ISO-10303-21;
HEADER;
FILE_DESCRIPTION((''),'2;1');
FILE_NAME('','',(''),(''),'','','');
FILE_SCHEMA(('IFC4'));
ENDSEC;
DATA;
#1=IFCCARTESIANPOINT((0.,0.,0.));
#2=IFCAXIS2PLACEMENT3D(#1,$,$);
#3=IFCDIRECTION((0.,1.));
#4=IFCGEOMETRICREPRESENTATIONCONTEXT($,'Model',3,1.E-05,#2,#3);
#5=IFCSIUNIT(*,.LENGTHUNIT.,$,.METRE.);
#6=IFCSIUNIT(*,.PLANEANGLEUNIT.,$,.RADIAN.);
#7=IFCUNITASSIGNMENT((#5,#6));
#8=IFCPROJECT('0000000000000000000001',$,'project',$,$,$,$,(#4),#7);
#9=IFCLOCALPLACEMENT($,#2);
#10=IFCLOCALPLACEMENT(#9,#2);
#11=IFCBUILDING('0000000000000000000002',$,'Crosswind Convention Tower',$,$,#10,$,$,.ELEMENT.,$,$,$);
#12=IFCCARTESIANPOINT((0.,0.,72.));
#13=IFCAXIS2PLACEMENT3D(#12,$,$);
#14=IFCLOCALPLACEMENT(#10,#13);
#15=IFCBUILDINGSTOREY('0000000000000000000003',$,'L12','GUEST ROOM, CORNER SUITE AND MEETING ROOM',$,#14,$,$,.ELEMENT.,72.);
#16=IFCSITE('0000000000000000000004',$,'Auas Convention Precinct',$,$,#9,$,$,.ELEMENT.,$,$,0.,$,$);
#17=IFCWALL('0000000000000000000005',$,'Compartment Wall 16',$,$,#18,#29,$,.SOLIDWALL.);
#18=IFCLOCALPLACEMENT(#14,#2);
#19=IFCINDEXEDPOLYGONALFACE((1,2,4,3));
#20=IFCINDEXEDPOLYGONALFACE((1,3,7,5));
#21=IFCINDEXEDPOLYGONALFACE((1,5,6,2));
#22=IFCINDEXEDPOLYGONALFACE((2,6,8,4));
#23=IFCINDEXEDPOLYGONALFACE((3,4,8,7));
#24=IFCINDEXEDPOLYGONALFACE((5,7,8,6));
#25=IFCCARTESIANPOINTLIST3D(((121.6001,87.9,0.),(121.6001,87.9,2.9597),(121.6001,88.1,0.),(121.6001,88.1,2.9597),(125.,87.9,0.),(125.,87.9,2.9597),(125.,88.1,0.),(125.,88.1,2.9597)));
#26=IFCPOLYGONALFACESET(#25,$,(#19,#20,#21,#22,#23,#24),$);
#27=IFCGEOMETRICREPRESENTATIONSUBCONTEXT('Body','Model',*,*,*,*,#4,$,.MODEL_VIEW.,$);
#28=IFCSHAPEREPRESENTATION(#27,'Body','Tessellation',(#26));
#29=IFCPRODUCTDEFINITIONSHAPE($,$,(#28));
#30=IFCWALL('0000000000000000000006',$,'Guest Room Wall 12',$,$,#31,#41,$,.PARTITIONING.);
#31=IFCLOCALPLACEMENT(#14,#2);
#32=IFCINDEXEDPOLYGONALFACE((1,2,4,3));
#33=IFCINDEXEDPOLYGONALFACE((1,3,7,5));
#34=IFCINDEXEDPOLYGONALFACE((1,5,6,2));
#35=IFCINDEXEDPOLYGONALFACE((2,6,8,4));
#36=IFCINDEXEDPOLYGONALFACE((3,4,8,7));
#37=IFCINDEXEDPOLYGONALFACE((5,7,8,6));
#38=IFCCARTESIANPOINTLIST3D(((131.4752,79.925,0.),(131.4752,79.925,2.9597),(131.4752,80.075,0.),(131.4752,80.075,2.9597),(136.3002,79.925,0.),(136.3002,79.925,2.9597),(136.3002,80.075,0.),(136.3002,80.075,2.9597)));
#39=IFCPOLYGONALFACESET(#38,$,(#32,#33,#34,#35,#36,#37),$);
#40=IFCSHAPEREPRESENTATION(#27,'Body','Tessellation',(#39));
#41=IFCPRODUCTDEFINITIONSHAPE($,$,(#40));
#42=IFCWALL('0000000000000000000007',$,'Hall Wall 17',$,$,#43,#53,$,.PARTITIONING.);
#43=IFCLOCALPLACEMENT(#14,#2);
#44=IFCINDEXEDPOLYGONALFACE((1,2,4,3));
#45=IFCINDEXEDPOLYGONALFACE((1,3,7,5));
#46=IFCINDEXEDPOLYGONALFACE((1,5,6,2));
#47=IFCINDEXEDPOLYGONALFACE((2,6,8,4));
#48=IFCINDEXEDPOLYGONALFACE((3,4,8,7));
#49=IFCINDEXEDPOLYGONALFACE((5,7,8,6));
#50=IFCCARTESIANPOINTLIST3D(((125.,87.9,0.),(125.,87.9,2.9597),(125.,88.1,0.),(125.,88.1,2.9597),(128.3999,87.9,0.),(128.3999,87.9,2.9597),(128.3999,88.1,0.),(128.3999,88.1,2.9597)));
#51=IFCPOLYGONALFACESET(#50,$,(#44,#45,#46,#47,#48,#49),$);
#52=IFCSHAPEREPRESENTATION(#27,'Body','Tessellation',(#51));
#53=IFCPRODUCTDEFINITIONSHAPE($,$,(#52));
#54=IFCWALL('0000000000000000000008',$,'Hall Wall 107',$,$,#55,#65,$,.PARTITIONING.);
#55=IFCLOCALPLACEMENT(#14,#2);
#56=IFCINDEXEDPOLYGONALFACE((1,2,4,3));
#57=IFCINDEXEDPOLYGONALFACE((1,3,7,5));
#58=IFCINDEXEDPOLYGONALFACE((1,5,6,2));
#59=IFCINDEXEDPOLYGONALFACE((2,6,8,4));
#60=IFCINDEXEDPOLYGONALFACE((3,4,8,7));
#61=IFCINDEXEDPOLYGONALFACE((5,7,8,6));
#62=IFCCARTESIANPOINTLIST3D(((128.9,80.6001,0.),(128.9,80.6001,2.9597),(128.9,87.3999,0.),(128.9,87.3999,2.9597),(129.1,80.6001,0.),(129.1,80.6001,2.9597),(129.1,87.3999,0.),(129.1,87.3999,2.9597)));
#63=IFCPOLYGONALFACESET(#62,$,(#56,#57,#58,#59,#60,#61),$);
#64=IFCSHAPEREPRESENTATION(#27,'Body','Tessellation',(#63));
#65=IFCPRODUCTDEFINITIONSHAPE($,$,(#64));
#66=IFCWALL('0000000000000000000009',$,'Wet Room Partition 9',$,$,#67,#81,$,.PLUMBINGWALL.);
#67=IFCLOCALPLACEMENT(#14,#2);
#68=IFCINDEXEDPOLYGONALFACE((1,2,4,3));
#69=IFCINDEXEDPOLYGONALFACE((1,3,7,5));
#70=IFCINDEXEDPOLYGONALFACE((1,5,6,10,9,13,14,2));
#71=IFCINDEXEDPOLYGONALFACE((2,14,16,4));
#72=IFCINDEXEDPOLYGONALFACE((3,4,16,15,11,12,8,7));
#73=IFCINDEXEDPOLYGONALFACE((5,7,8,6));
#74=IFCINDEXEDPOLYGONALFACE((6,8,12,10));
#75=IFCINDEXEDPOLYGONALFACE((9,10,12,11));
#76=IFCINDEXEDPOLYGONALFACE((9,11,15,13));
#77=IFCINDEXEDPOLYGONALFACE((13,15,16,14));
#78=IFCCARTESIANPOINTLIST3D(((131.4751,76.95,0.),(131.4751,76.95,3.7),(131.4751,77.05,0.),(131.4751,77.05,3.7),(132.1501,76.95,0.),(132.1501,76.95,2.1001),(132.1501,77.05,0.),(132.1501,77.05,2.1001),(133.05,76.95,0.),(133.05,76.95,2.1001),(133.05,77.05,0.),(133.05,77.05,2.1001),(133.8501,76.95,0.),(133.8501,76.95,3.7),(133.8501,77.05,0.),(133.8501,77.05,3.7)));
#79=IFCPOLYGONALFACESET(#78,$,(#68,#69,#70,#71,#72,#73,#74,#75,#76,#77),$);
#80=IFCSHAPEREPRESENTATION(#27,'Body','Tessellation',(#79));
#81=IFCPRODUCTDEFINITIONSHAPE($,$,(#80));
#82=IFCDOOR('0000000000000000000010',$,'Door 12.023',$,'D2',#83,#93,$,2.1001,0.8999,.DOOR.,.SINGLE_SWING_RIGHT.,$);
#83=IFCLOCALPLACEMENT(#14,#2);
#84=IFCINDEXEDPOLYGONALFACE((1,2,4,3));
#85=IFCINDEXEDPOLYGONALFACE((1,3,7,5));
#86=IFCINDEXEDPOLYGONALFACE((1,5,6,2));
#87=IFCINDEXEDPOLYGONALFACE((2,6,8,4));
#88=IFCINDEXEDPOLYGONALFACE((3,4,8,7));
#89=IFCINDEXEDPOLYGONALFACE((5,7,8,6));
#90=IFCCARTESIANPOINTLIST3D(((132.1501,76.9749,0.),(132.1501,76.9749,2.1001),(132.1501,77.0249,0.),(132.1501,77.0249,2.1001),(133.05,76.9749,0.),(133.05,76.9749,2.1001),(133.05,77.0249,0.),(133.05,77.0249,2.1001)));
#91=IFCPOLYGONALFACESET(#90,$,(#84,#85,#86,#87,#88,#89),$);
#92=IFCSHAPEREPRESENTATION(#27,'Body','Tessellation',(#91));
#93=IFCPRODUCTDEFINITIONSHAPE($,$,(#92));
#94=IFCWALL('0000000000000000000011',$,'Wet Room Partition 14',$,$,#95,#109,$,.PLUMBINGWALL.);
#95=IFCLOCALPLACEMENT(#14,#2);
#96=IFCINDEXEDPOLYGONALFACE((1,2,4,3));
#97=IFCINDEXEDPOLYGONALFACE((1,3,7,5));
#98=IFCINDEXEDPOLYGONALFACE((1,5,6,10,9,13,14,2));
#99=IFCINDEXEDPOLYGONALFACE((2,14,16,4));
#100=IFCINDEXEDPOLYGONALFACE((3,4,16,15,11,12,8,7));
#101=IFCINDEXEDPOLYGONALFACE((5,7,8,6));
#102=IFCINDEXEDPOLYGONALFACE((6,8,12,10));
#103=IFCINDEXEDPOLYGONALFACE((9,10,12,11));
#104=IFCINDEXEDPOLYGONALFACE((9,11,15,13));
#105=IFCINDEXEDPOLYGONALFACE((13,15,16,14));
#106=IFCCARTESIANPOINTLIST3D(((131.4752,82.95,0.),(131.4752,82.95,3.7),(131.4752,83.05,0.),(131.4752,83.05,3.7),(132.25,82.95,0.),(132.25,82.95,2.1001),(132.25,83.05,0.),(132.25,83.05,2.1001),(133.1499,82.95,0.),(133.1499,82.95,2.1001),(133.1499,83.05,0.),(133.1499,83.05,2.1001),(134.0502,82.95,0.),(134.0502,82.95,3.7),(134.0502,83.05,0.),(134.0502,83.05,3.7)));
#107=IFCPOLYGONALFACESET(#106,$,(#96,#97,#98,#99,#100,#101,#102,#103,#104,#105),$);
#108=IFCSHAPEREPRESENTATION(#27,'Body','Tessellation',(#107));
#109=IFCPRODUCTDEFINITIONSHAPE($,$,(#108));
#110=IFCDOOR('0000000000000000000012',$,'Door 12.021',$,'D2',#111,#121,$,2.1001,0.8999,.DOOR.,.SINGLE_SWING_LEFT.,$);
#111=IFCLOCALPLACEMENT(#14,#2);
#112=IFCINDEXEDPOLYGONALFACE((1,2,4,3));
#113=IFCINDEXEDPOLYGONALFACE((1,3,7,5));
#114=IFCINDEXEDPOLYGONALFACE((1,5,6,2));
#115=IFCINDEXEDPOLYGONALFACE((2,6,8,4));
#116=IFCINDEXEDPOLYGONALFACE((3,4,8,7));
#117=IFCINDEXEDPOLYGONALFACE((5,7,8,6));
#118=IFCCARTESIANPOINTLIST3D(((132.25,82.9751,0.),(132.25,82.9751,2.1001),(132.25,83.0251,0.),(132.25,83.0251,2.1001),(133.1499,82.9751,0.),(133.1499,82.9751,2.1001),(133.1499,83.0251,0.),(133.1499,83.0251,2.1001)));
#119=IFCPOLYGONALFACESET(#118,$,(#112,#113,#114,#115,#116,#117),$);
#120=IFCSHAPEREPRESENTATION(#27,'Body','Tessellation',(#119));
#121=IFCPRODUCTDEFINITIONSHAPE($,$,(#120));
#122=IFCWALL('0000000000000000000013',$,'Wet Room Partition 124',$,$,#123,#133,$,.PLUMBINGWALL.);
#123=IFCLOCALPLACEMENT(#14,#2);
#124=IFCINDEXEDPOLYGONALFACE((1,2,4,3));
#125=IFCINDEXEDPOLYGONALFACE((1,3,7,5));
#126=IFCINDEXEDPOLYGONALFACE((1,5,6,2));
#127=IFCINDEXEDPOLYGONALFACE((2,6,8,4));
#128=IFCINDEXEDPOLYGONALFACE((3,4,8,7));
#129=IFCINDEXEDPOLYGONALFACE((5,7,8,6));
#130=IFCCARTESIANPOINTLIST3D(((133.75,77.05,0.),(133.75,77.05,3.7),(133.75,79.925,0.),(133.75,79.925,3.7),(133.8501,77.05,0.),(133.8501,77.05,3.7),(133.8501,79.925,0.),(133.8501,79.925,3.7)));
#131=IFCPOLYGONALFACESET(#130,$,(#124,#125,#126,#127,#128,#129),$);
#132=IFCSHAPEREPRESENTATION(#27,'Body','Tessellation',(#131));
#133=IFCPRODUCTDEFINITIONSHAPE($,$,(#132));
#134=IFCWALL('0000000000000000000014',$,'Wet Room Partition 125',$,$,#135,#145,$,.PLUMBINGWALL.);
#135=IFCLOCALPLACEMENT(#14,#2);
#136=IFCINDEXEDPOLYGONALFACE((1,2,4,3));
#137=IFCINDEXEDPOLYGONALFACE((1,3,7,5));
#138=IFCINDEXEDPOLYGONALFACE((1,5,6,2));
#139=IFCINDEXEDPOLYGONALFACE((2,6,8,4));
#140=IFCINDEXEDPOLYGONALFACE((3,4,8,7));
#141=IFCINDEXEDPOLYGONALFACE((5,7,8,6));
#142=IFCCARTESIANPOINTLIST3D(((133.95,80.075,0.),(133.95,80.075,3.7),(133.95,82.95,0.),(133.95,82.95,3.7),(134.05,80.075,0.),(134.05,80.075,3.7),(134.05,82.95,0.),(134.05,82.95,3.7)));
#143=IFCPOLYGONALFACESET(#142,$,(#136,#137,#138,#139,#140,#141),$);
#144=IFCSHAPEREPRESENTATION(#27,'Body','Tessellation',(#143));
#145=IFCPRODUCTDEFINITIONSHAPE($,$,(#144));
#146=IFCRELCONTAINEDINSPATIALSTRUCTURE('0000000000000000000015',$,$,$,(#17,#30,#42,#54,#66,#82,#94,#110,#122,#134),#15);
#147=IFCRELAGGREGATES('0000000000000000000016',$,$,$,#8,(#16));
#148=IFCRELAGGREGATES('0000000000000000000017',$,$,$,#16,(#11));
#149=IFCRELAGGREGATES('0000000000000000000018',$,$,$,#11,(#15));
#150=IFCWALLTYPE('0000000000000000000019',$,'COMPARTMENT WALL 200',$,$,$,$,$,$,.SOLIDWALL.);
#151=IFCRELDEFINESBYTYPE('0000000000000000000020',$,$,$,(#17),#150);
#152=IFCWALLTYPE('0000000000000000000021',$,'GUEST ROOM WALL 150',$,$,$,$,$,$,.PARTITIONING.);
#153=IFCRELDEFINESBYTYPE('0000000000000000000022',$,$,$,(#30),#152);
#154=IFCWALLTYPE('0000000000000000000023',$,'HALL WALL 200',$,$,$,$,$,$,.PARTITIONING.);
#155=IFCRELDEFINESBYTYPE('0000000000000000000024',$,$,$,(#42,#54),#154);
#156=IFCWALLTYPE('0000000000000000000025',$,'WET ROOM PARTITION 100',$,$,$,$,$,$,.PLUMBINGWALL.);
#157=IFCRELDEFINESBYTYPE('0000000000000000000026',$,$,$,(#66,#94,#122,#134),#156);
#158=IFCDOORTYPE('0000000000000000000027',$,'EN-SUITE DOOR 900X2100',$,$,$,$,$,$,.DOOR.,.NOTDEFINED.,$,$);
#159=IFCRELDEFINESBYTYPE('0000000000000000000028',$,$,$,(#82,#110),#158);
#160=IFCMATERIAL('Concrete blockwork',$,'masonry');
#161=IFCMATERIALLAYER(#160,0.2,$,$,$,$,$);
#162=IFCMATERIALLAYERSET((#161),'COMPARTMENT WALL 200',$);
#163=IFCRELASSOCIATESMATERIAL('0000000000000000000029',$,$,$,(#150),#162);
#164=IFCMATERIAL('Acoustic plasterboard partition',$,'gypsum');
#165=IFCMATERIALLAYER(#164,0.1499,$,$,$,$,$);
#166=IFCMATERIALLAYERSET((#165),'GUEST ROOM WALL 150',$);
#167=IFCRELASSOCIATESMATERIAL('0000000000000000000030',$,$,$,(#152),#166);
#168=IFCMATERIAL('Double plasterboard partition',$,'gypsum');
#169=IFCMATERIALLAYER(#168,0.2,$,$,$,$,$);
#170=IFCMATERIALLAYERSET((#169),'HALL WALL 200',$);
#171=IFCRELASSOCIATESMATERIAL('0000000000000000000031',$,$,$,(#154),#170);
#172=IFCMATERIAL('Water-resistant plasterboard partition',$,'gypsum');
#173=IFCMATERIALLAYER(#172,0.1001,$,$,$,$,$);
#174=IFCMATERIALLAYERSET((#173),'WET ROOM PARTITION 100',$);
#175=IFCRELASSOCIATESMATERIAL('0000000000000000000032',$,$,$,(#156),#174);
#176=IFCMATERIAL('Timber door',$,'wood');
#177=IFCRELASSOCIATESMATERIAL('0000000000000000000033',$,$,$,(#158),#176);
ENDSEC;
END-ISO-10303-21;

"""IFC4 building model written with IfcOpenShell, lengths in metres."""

from ifc_helpers import new_model, si_unit, direction, frame, frame_2d, origin, place, context, subcontext, project, spatial, rectangle, extrude, material, layer, layer_set, type_object, element, fill, save


model = new_model("IFC4")

# Units and contexts
model_context = context("Model", 3, precision=1e-05, world=origin(), true_north=direction((0.0, 1.0)))
body_context = subcontext(model_context, "Body", "Model", "MODEL_VIEW")
ifc_project = project(units=[si_unit("LENGTHUNIT", "METRE"), si_unit("PLANEANGLEUNIT", "RADIAN")], contexts=[model_context])

# Site, building, storey
site_placement = place(None, origin())
site = spatial("IfcSite", under=ifc_project, at=site_placement, Name="Auas Convention Precinct", CompositionType="ELEMENT", RefElevation=0.0)
building_placement = place(site_placement, origin())
building = spatial("IfcBuilding", under=site, at=building_placement, Name="Crosswind Convention Tower", CompositionType="ELEMENT")
storey_placement = place(building_placement, frame((0.0, 0.0, 72.0)))
storey = spatial("IfcBuildingStorey", under=building, at=storey_placement, Name="L12", Description="GUEST ROOM, CORNER SUITE AND MEETING ROOM", CompositionType="ELEMENT", Elevation=72.0)

# Walls
ifc_material_1 = material(Name="Concrete blockwork", Category="masonry")
ifc_layer_1 = layer(ifc_material_1, 0.2)
ifc_layer_set_1 = layer_set([ifc_layer_1], Name="COMPARTMENT WALL 200")
wall_type_1 = type_object("IfcWallType", Name="COMPARTMENT WALL 200", PredefinedType="SOLIDWALL", material=ifc_layer_set_1)
wall_1_placement = place(storey_placement, frame((121.6001, 88.0, 0.0), z_axis=(0.0, 0.0, 1.0), x_axis=(1.0, 0.0, 0.0)))
element("IfcWall", 1, at=wall_1_placement, inside=storey, type_object=wall_type_1, Name="Compartment Wall 16", PredefinedType="SOLIDWALL", context=body_context, shape_type="SweptSolid", body=[
    extrude(rectangle(XDim=3.3999, YDim=0.2, at=frame_2d((1.7, 0.0))), origin(), (0.0, 0.0, 1.0), 2.9597),
])
ifc_material_2 = material(Name="Acoustic plasterboard partition", Category="gypsum")
ifc_layer_2 = layer(ifc_material_2, 0.1499)
ifc_layer_set_2 = layer_set([ifc_layer_2], Name="GUEST ROOM WALL 150")
wall_type_2 = type_object("IfcWallType", Name="GUEST ROOM WALL 150", PredefinedType="PARTITIONING", material=ifc_layer_set_2)
wall_2_placement = place(storey_placement, frame((131.4751, 80.0, 0.0), z_axis=(0.0, 0.0, 1.0), x_axis=(1.0, 0.0, 0.0)))
element("IfcWall", 2, at=wall_2_placement, inside=storey, type_object=wall_type_2, Name="Guest Room Wall 12", PredefinedType="PARTITIONING", context=body_context, shape_type="SweptSolid", body=[
    extrude(rectangle(XDim=4.825, YDim=0.1499, at=frame_2d((2.4126, 0.0))), origin(), (0.0, 0.0, 1.0), 2.9597),
])
ifc_material_3 = material(Name="Double plasterboard partition", Category="gypsum")
ifc_layer_3 = layer(ifc_material_3, 0.2)
ifc_layer_set_3 = layer_set([ifc_layer_3], Name="HALL WALL 200")
wall_type_3 = type_object("IfcWallType", Name="HALL WALL 200", PredefinedType="PARTITIONING", material=ifc_layer_set_3)
wall_3_placement = place(storey_placement, frame((125.0, 88.0, 0.0), z_axis=(0.0, 0.0, 1.0), x_axis=(1.0, 0.0, 0.0)))
element("IfcWall", 3, at=wall_3_placement, inside=storey, type_object=wall_type_3, Name="Hall Wall 17", PredefinedType="PARTITIONING", context=body_context, shape_type="SweptSolid", body=[
    extrude(rectangle(XDim=3.3999, YDim=0.2, at=frame_2d((1.7, 0.0))), origin(), (0.0, 0.0, 1.0), 2.9597),
])
wall_4_placement = place(storey_placement, frame((129.0, 80.6001, 0.0), z_axis=(0.0, 0.0, 1.0), x_axis=(0.0, 1.0, 0.0)))
element("IfcWall", 4, at=wall_4_placement, inside=storey, type_object=wall_type_3, Name="Hall Wall 107", PredefinedType="PARTITIONING", context=body_context, shape_type="SweptSolid", body=[
    extrude(rectangle(XDim=6.7998, YDim=0.2, at=frame_2d((3.3999, 0.0))), origin(), (0.0, 0.0, 1.0), 2.9597),
])

# Walls, openings, doors
ifc_material_4 = material(Name="Water-resistant plasterboard partition", Category="gypsum")
ifc_layer_4 = layer(ifc_material_4, 0.1001)
ifc_layer_set_4 = layer_set([ifc_layer_4], Name="WET ROOM PARTITION 100")
wall_type_4 = type_object("IfcWallType", Name="WET ROOM PARTITION 100", PredefinedType="PLUMBINGWALL", material=ifc_layer_set_4)
wall_5_placement = place(storey_placement, frame((131.4751, 77.0, 0.0), z_axis=(0.0, 0.0, 1.0), x_axis=(1.0, 0.0, 0.0)))
wall_5 = element("IfcWall", 5, at=wall_5_placement, inside=storey, type_object=wall_type_4, Name="Wet Room Partition 9", PredefinedType="PLUMBINGWALL", context=body_context, shape_type="SweptSolid", body=[
    extrude(rectangle(XDim=2.375, YDim=0.1001, at=frame_2d((1.1875, 0.0))), origin(), (0.0, 0.0, 1.0), 3.7),
])
opening_1_placement = place(wall_5_placement, frame((0.675, 0.0, 0.0)))
opening_1 = element("IfcOpeningElement", 6, at=opening_1_placement, cuts=wall_5, PredefinedType="OPENING", context=body_context, shape_type="SweptSolid", body=[
    extrude(rectangle(XDim=0.8999, YDim=2.1001, at=frame_2d((0.45, 1.05))), frame((0.0, 0.0601, 0.0), z_axis=(0.0, -1.0, 0.0), x_axis=(1.0, 0.0, 0.0)), (0.0, 0.0, 1.0), 0.1201),
])
ifc_material_5 = material(Name="Timber door", Category="wood")
door_type = type_object("IfcDoorType", Name="EN-SUITE DOOR 900X2100", OperationType="NOTDEFINED", PredefinedType="DOOR", material=ifc_material_5)
door_1_placement = place(opening_1_placement, origin())
door_1 = element("IfcDoor", 7, at=door_1_placement, inside=storey, type_object=door_type, Name="Door 12.023", ObjectType="D2", OperationType="SINGLE_SWING_RIGHT", OverallHeight=2.1001, OverallWidth=0.8999, PredefinedType="DOOR", context=body_context, shape_type="SweptSolid", body=[
    extrude(rectangle(XDim=0.8999, YDim=2.1001, at=frame_2d((0.45, 1.05))), frame((0.0, 0.0249, 0.0), z_axis=(0.0, -1.0, 0.0), x_axis=(1.0, 0.0, 0.0)), (0.0, 0.0, 1.0), 0.05),
])
fill(opening_1, door_1)
wall_6_placement = place(storey_placement, frame((131.4751, 83.0, 0.0), z_axis=(0.0, 0.0, 1.0), x_axis=(1.0, 0.0, 0.0)))
wall_6 = element("IfcWall", 8, at=wall_6_placement, inside=storey, type_object=wall_type_4, Name="Wet Room Partition 14", PredefinedType="PLUMBINGWALL", context=body_context, shape_type="SweptSolid", body=[
    extrude(rectangle(XDim=2.575, YDim=0.1001, at=frame_2d((1.2876, 0.0))), origin(), (0.0, 0.0, 1.0), 3.7),
])
opening_2_placement = place(wall_6_placement, frame((0.7749, 0.0, 0.0)))
opening_2 = element("IfcOpeningElement", 9, at=opening_2_placement, cuts=wall_6, PredefinedType="OPENING", context=body_context, shape_type="SweptSolid", body=[
    extrude(rectangle(XDim=0.8999, YDim=2.1001, at=frame_2d((0.45, 1.05))), frame((0.0, 0.0601, 0.0), z_axis=(0.0, -1.0, 0.0), x_axis=(1.0, 0.0, 0.0)), (0.0, 0.0, 1.0), 0.1201),
])
door_2_placement = place(opening_2_placement, frame((0.8999, 0.0, 0.0), z_axis=(0.0, 0.0, 1.0), x_axis=(-1.0, 0.0, 0.0)))
door_2 = element("IfcDoor", 10, at=door_2_placement, inside=storey, type_object=door_type, Name="Door 12.021", ObjectType="D2", OperationType="SINGLE_SWING_LEFT", OverallHeight=2.1001, OverallWidth=0.8999, PredefinedType="DOOR", context=body_context, shape_type="SweptSolid", body=[
    extrude(rectangle(XDim=0.8999, YDim=2.1001, at=frame_2d((0.45, 1.05))), frame((0.0, 0.0249, 0.0), z_axis=(0.0, -1.0, 0.0), x_axis=(1.0, 0.0, 0.0)), (0.0, 0.0, 1.0), 0.05),
])
fill(opening_2, door_2)

# Walls
for number, where, z_axis, x_axis, name in (
    (11, (133.8, 77.05, 0.0), (0.0, 0.0, 1.0), (0.0, 1.0, 0.0), "Wet Room Partition 124"),
    (12, (134.0, 80.075, 0.0), (0.0, 0.0, 1.0), (0.0, 1.0, 0.0), "Wet Room Partition 125"),
):
    element("IfcWall", number, at=place(storey_placement, frame(where, z_axis=z_axis, x_axis=x_axis)), inside=storey, type_object=wall_type_4, Name=name, PredefinedType="PLUMBINGWALL", context=body_context, shape_type="SweptSolid", body=[
        extrude(rectangle(XDim=2.875, YDim=0.1001, at=frame_2d((1.4375, 0.0))), origin(), (0.0, 0.0, 1.0), 3.7),
    ])

save(model, "model.ifc")
